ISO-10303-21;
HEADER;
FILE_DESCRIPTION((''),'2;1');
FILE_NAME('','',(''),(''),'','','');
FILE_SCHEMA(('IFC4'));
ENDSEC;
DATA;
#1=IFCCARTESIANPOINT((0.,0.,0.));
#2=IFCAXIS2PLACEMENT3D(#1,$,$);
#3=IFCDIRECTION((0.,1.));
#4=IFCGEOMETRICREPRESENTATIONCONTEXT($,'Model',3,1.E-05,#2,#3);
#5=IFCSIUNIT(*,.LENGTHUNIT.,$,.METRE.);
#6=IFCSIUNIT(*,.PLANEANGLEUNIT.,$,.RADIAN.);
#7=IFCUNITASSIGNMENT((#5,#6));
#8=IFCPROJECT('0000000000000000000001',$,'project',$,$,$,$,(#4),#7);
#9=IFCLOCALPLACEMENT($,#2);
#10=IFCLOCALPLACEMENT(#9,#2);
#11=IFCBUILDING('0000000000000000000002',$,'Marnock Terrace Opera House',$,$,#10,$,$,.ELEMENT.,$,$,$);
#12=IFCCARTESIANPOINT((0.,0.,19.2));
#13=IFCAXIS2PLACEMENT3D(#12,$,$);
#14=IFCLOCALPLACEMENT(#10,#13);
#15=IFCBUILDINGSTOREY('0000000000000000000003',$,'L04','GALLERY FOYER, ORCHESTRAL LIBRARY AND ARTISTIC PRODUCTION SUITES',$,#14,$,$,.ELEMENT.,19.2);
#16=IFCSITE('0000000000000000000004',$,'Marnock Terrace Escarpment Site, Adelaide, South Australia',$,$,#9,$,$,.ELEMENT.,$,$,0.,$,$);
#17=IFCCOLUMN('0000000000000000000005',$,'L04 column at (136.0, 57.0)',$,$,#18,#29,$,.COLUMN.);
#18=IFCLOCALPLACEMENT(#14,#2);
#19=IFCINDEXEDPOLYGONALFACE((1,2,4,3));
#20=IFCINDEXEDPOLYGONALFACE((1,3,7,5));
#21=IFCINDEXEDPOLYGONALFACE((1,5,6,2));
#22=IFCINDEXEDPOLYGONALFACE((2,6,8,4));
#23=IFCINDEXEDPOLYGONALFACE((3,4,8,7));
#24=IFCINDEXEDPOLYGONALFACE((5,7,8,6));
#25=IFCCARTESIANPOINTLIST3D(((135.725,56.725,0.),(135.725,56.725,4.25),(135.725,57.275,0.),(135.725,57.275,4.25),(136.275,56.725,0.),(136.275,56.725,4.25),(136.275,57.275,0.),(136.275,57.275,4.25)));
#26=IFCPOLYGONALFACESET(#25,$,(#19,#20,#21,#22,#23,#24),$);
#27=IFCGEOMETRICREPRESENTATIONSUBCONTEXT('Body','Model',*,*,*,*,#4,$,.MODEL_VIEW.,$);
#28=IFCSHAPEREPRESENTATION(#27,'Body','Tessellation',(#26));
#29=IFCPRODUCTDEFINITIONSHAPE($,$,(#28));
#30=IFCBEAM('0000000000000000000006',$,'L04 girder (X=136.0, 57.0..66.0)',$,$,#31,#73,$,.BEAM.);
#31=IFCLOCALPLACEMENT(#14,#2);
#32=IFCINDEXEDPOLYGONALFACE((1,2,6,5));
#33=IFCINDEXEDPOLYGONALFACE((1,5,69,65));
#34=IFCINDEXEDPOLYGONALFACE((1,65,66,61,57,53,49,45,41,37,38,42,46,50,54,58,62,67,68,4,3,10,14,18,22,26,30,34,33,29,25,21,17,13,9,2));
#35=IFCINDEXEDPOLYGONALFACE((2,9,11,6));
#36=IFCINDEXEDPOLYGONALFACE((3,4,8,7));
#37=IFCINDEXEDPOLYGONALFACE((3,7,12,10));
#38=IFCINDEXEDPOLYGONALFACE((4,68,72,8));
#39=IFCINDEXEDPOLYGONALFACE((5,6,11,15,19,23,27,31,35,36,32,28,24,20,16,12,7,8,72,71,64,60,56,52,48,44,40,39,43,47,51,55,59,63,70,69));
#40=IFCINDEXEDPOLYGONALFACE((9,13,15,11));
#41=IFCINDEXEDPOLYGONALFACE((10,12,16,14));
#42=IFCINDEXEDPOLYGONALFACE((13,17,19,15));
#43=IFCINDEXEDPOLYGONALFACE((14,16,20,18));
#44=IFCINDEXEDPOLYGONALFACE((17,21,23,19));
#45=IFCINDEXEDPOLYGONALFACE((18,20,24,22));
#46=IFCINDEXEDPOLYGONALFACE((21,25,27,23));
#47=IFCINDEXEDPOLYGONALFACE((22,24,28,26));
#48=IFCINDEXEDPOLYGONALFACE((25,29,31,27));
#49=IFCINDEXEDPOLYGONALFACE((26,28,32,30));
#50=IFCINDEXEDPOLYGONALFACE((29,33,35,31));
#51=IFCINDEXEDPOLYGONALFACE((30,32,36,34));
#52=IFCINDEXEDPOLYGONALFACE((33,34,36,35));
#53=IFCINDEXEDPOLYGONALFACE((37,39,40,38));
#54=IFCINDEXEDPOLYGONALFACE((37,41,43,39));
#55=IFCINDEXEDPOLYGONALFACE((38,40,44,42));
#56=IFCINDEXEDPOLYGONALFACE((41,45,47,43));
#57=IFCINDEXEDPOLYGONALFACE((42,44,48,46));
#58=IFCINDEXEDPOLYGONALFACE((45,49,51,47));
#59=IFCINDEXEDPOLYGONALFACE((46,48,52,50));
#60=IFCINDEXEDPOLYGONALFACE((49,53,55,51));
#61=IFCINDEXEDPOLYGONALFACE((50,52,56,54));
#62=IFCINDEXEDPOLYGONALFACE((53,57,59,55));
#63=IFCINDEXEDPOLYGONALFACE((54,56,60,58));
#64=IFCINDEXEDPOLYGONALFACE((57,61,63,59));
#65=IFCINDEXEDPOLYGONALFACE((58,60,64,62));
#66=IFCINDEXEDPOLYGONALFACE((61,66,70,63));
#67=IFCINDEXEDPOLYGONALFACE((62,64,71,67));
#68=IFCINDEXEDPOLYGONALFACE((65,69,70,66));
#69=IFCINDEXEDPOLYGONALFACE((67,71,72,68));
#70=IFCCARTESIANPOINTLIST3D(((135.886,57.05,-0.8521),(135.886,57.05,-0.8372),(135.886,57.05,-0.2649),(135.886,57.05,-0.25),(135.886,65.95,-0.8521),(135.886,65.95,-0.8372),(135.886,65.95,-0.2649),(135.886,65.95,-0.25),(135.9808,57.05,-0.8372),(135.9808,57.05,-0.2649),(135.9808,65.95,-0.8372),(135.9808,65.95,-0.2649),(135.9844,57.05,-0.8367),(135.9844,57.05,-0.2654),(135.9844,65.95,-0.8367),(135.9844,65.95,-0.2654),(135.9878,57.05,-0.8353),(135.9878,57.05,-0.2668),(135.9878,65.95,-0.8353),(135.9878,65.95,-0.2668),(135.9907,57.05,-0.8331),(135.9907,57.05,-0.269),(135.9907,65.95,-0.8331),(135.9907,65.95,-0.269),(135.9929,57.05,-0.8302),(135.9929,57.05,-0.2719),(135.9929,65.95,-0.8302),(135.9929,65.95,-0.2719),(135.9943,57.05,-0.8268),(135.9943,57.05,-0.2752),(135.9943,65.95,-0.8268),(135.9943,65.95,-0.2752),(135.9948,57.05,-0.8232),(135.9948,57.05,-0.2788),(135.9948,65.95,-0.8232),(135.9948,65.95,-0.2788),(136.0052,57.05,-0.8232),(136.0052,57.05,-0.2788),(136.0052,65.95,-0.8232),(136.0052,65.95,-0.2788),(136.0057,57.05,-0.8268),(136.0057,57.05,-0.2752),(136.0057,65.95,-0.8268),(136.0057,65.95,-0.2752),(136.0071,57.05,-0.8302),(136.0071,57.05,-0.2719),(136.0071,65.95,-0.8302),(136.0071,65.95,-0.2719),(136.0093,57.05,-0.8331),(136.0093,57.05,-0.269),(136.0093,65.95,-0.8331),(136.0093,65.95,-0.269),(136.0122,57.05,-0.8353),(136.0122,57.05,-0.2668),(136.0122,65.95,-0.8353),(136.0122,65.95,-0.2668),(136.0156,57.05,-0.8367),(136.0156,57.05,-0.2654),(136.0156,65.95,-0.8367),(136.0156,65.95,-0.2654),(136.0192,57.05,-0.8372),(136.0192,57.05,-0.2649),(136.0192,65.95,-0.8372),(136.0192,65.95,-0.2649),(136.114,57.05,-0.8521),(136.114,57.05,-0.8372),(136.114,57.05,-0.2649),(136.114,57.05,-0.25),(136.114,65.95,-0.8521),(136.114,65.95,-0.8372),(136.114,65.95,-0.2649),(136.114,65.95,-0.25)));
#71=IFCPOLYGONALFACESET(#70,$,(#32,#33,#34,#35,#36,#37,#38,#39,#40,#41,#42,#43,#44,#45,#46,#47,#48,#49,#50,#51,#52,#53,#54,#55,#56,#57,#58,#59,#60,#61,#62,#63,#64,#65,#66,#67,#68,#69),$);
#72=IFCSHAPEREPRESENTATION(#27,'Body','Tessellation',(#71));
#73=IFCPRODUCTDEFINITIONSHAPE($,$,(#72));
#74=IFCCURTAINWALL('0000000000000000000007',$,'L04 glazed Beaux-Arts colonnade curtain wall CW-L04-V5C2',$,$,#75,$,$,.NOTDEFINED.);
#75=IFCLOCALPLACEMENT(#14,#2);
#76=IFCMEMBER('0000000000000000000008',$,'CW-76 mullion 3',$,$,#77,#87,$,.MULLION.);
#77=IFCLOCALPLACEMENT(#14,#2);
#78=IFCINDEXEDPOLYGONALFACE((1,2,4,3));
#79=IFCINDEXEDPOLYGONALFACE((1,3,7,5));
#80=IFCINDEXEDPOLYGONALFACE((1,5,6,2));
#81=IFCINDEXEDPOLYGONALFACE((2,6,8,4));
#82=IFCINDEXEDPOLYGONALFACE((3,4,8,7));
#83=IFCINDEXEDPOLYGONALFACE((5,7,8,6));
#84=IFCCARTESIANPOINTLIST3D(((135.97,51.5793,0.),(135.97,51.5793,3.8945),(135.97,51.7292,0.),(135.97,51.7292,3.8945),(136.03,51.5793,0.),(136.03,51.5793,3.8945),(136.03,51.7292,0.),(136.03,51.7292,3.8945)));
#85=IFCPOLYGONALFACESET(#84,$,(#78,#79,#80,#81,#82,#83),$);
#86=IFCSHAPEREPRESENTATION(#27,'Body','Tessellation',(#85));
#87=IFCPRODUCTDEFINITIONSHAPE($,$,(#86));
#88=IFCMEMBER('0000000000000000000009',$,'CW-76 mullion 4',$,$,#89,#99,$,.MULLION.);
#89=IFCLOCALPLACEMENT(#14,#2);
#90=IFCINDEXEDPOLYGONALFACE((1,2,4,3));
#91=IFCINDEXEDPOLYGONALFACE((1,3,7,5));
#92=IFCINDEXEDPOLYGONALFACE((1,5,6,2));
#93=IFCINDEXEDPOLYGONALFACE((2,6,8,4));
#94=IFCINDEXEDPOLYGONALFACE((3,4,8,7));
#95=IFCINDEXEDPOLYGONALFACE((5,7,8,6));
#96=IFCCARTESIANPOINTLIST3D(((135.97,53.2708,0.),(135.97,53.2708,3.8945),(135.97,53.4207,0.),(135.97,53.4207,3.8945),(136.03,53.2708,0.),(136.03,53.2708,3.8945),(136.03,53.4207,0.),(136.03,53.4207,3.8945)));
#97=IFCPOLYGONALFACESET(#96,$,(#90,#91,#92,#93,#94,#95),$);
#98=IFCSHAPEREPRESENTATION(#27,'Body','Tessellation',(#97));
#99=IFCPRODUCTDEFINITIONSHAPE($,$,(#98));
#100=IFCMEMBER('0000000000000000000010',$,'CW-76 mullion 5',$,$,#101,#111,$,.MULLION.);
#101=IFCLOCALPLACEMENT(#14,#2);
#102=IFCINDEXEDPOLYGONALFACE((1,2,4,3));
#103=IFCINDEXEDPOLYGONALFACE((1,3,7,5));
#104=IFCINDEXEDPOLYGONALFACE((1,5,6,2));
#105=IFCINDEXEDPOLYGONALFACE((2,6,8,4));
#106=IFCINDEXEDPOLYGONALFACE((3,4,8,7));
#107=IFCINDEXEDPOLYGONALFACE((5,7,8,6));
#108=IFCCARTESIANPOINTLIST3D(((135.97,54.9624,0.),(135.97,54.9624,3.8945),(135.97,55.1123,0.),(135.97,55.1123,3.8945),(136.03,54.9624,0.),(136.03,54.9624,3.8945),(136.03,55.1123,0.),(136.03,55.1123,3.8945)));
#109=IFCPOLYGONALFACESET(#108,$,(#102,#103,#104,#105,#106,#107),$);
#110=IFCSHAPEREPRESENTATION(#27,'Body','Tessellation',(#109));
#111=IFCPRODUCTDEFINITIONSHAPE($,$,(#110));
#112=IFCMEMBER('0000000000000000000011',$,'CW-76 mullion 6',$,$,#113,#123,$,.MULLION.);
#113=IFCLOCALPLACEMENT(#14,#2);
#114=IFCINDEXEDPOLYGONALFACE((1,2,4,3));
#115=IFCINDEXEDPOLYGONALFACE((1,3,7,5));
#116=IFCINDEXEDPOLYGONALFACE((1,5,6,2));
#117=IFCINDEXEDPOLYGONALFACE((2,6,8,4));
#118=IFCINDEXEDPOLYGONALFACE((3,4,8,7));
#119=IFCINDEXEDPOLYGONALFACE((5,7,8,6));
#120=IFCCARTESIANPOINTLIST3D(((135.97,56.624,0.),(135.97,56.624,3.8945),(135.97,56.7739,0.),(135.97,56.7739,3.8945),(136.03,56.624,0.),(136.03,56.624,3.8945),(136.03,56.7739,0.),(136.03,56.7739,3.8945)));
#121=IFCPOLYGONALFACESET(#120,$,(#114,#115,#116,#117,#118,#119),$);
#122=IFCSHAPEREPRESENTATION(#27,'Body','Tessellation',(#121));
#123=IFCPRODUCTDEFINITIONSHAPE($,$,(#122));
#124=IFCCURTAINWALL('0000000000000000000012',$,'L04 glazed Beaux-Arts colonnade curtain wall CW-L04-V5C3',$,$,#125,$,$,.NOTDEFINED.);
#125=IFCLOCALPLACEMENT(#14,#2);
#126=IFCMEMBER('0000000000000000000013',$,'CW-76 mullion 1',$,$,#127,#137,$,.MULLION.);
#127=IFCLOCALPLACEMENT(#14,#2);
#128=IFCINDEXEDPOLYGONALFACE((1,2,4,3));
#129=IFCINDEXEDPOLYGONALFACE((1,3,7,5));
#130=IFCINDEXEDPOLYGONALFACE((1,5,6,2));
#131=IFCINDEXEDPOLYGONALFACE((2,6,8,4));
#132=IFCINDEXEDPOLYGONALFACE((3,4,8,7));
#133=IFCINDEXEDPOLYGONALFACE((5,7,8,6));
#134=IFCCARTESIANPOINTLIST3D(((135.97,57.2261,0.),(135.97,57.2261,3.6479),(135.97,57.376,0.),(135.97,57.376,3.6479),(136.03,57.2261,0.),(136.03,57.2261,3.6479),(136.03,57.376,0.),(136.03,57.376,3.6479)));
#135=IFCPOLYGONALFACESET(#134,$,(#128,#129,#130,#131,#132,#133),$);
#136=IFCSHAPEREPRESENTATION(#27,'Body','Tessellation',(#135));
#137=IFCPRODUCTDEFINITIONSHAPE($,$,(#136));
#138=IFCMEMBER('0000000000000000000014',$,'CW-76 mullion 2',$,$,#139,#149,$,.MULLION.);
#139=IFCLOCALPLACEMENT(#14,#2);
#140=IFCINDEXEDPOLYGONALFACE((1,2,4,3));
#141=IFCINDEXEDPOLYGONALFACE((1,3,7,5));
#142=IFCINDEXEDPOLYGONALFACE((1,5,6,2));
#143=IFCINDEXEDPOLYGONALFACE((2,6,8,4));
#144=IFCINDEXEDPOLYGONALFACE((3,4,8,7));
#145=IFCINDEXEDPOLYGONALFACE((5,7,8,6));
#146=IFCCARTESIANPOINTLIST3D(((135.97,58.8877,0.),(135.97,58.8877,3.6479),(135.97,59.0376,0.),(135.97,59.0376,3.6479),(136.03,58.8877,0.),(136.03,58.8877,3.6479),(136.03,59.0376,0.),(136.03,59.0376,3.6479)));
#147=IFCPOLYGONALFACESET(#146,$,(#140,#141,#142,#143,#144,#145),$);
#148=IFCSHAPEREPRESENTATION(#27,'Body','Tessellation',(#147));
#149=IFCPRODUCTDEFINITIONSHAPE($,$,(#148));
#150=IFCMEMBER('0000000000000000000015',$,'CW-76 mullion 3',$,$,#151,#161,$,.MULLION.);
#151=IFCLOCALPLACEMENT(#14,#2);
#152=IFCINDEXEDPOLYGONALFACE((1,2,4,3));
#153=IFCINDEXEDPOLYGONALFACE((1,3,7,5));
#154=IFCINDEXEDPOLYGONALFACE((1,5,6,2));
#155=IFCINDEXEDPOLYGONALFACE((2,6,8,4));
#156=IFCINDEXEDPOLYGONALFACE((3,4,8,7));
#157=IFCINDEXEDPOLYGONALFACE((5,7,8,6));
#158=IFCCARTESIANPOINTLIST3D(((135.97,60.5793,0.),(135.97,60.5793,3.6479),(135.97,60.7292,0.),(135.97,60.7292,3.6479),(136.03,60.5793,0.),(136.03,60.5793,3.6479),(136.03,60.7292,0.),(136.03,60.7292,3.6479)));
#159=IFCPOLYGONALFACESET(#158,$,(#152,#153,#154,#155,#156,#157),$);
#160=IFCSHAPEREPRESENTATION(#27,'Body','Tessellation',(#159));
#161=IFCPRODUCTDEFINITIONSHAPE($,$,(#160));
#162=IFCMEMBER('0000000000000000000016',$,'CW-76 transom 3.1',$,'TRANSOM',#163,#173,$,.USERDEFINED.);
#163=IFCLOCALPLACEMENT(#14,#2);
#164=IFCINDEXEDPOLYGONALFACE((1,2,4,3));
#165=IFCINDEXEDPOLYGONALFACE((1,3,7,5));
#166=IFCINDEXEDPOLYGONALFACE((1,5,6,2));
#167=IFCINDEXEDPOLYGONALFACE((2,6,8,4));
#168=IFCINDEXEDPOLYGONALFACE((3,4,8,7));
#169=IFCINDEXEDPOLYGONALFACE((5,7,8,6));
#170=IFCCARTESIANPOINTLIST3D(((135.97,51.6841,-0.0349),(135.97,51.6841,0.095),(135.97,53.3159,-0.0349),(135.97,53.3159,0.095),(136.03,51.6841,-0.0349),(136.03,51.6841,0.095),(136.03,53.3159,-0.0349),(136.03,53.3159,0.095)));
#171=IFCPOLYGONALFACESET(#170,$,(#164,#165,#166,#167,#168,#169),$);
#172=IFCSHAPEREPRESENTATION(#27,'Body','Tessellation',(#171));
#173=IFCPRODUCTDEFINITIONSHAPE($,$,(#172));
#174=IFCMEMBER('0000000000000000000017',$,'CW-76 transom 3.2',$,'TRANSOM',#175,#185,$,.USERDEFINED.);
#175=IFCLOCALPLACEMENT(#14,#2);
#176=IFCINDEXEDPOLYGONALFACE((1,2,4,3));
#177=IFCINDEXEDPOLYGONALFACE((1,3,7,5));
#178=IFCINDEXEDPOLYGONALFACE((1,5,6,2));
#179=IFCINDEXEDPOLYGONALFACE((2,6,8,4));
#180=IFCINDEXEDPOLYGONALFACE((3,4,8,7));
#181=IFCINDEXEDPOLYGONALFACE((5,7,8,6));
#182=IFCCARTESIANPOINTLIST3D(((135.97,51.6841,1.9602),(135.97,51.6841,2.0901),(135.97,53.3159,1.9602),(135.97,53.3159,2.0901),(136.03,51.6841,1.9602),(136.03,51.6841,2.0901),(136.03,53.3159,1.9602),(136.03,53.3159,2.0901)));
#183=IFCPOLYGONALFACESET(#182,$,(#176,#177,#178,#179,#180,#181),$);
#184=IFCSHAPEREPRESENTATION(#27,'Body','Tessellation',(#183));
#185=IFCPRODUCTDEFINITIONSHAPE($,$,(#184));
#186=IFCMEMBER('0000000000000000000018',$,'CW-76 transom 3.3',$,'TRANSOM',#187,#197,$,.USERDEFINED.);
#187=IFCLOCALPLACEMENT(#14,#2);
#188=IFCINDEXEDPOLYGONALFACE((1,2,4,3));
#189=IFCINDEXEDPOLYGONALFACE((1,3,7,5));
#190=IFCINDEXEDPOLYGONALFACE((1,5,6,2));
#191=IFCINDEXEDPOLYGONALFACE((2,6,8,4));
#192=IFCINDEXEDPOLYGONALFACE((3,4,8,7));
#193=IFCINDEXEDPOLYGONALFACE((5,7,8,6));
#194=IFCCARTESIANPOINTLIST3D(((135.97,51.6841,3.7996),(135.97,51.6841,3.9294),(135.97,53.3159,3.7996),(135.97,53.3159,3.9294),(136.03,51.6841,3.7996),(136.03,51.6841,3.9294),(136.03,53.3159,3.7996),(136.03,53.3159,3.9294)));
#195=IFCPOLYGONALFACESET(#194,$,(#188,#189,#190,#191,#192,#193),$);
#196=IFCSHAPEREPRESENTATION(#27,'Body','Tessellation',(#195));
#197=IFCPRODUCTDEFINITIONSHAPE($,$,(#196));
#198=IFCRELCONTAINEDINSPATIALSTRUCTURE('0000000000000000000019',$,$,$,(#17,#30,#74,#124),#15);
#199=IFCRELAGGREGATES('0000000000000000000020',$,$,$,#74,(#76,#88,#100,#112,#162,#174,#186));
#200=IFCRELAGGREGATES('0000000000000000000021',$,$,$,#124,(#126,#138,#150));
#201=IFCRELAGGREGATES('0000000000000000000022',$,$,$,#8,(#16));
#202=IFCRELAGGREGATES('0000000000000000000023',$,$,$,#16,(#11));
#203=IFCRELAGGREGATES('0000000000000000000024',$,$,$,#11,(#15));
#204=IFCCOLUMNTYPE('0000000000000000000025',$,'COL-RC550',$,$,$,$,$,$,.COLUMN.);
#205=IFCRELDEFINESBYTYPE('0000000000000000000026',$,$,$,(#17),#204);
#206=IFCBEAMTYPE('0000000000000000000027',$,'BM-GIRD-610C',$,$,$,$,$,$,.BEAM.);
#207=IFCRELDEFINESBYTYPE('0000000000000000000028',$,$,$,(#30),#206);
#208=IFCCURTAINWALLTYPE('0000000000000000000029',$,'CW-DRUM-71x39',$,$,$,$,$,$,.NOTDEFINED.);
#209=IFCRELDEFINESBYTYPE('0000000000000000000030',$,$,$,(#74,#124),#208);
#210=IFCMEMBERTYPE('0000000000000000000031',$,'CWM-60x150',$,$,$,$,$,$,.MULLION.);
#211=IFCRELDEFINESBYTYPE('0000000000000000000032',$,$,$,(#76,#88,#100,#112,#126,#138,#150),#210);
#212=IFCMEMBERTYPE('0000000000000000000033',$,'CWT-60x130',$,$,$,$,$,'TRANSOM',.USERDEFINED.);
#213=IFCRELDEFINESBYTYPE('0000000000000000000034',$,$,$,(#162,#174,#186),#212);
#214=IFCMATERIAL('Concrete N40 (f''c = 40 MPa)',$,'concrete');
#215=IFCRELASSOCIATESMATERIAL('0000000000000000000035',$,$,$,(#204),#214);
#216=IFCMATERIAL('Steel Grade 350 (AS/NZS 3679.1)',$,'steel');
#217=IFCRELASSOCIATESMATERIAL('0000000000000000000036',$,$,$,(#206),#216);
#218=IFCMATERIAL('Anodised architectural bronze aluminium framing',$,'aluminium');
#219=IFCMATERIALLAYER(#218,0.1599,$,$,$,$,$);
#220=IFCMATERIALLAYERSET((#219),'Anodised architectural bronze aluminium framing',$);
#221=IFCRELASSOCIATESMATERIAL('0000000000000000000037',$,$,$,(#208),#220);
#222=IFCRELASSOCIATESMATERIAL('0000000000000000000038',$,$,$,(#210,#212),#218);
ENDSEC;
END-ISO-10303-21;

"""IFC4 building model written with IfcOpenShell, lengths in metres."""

from ifc_helpers import new_model, si_unit, direction, frame, origin, origin_2d, place, context, subcontext, project, spatial, rectangle, i_section, extrude, material, layer, layer_set, material_profile, profile_set, type_object, element, aggregate, save


model = new_model("IFC4")

# Units and contexts
model_context = context("Model", 3, precision=1e-05, world=origin(), true_north=direction((0.0, 1.0)))
body_context = subcontext(model_context, "Body", "Model", "MODEL_VIEW")
ifc_project = project(units=[si_unit("LENGTHUNIT", "METRE"), si_unit("PLANEANGLEUNIT", "RADIAN")], contexts=[model_context])

# Site, building, storey
site_placement = place(None, origin())
site = spatial("IfcSite", under=ifc_project, at=site_placement, Name="Marnock Terrace Escarpment Site, Adelaide, South Australia", CompositionType="ELEMENT", RefElevation=0.0)
building_placement = place(site_placement, origin())
building = spatial("IfcBuilding", under=site, at=building_placement, Name="Marnock Terrace Opera House", CompositionType="ELEMENT")
storey_placement = place(building_placement, frame((0.0, 0.0, 19.2)))
storey = spatial("IfcBuildingStorey", under=building, at=storey_placement, Name="L04", Description="GALLERY FOYER, ORCHESTRAL LIBRARY AND ARTISTIC PRODUCTION SUITES", CompositionType="ELEMENT", Elevation=19.2)

# Column
ifc_material_1 = material(Name="Concrete N40 (f'c = 40 MPa)", Category="concrete")
ifc_material_profile_1 = material_profile(ifc_material_1, rectangle(XDim=0.55, YDim=0.55, at=origin_2d()))
ifc_profile_set_1 = profile_set([ifc_material_profile_1], Name="Concrete N40 (f'c = 40 MPa)")
column_type = type_object("IfcColumnType", Name="COL-RC550", PredefinedType="COLUMN", material=ifc_profile_set_1)
column_placement = place(storey_placement, frame((136.0, 57.0, 0.0), z_axis=(0.0, 0.0, 1.0), x_axis=(1.0, 0.0, 0.0)))
element("IfcColumn", 1, at=column_placement, inside=storey, type_object=column_type, Name="L04 column at (136.0, 57.0)", PredefinedType="COLUMN", context=body_context, shape_type="SweptSolid", body=[
    extrude(rectangle(XDim=0.55, YDim=0.55, at=origin_2d()), origin(), (0.0, 0.0, 1.0), 4.25),
])

# Beam
ifc_material_2 = material(Name="Steel Grade 350 (AS/NZS 3679.1)", Category="steel")
ifc_material_profile_2 = material_profile(ifc_material_2, i_section(OverallWidth=0.228, OverallDepth=0.6021, WebThickness=0.0105, FlangeThickness=0.0149, FilletRadius=0.0139, at=origin_2d()))
ifc_profile_set_2 = profile_set([ifc_material_profile_2], Name="Steel Grade 350 (AS/NZS 3679.1)")
beam_type = type_object("IfcBeamType", Name="BM-GIRD-610C", PredefinedType="BEAM", material=ifc_profile_set_2)
beam_placement = place(storey_placement, frame((136.0, 57.05, -0.551), z_axis=(0.0, 1.0, 0.0), x_axis=(-1.0, 0.0, 0.0)))
element("IfcBeam", 2, at=beam_placement, inside=storey, type_object=beam_type, Name="L04 girder (X=136.0, 57.0..66.0)", PredefinedType="BEAM", context=body_context, shape_type="SweptSolid", body=[
    extrude(i_section(OverallWidth=0.228, OverallDepth=0.6021, WebThickness=0.0105, FlangeThickness=0.0149, FilletRadius=0.0139, at=origin_2d()), origin(), (0.0, 0.0, 1.0), 8.8999),
])

# Curtain walls, members
ifc_material_3 = material(Name="Anodised architectural bronze aluminium framing", Category="aluminium")
ifc_layer_1 = layer(ifc_material_3, 0.1599)
ifc_layer_set_1 = layer_set([ifc_layer_1], Name="Anodised architectural bronze aluminium framing")
curtain_wall_type = type_object("IfcCurtainWallType", Name="CW-DRUM-71x39", PredefinedType="NOTDEFINED", material=ifc_layer_set_1)
curtain_wall_1_placement = place(storey_placement, origin())
curtain_wall_1 = element("IfcCurtainWall", 3, at=curtain_wall_1_placement, inside=storey, type_object=curtain_wall_type, Name="L04 glazed Beaux-Arts colonnade curtain wall CW-L04-V5C2", PredefinedType="NOTDEFINED")
ifc_material_profile_3 = material_profile(ifc_material_3, rectangle(XDim=0.0601, YDim=0.1499, at=origin_2d()))
ifc_profile_set_3 = profile_set([ifc_material_profile_3], Name="Anodised architectural bronze aluminium framing")
member_type_1 = type_object("IfcMemberType", Name="CWM-60x150", PredefinedType="MULLION", material=ifc_profile_set_3)
member_1_placement = place(storey_placement, frame((136.0, 51.6543, 0.0), z_axis=(0.0, 0.0, 1.0), x_axis=(-1.0, 0.0, 0.0)))
member_1 = element("IfcMember", 4, at=member_1_placement, type_object=member_type_1, Name="CW-76 mullion 3", PredefinedType="MULLION", context=body_context, shape_type="SweptSolid", body=[
    extrude(rectangle(XDim=0.0601, YDim=0.1499, at=origin_2d()), origin(), (0.0, 0.0, 1.0), 3.8945),
])
member_2_placement = place(storey_placement, frame((136.0, 53.3457, 0.0), z_axis=(0.0, 0.0, 1.0), x_axis=(-1.0, 0.0, 0.0)))
member_2 = element("IfcMember", 5, at=member_2_placement, type_object=member_type_1, Name="CW-76 mullion 4", PredefinedType="MULLION", context=body_context, shape_type="SweptSolid", body=[
    extrude(rectangle(XDim=0.0601, YDim=0.1499, at=origin_2d()), origin(), (0.0, 0.0, 1.0), 3.8945),
])
member_3_placement = place(storey_placement, frame((136.0, 55.0374, 0.0), z_axis=(0.0, 0.0, 1.0), x_axis=(-1.0, 0.0, 0.0)))
member_3 = element("IfcMember", 6, at=member_3_placement, type_object=member_type_1, Name="CW-76 mullion 5", PredefinedType="MULLION", context=body_context, shape_type="SweptSolid", body=[
    extrude(rectangle(XDim=0.0601, YDim=0.1499, at=origin_2d()), origin(), (0.0, 0.0, 1.0), 3.8945),
])
member_4_placement = place(storey_placement, frame((136.0, 56.699, 0.0), z_axis=(0.0, 0.0, 1.0), x_axis=(-1.0, 0.0, 0.0)))
member_4 = element("IfcMember", 7, at=member_4_placement, type_object=member_type_1, Name="CW-76 mullion 6", PredefinedType="MULLION", context=body_context, shape_type="SweptSolid", body=[
    extrude(rectangle(XDim=0.0601, YDim=0.1499, at=origin_2d()), origin(), (0.0, 0.0, 1.0), 3.8945),
])
curtain_wall_2_placement = place(storey_placement, origin())
curtain_wall_2 = element("IfcCurtainWall", 8, at=curtain_wall_2_placement, inside=storey, type_object=curtain_wall_type, Name="L04 glazed Beaux-Arts colonnade curtain wall CW-L04-V5C3", PredefinedType="NOTDEFINED")
member_5_placement = place(storey_placement, frame((136.0, 57.301, 0.0), z_axis=(0.0, 0.0, 1.0), x_axis=(-1.0, 0.0, 0.0)))
member_5 = element("IfcMember", 9, at=member_5_placement, type_object=member_type_1, Name="CW-76 mullion 1", PredefinedType="MULLION", context=body_context, shape_type="SweptSolid", body=[
    extrude(rectangle(XDim=0.0601, YDim=0.1499, at=origin_2d()), origin(), (0.0, 0.0, 1.0), 3.6479),
])
member_6_placement = place(storey_placement, frame((136.0, 58.9626, 0.0), z_axis=(0.0, 0.0, 1.0), x_axis=(-1.0, 0.0, 0.0)))
member_6 = element("IfcMember", 10, at=member_6_placement, type_object=member_type_1, Name="CW-76 mullion 2", PredefinedType="MULLION", context=body_context, shape_type="SweptSolid", body=[
    extrude(rectangle(XDim=0.0601, YDim=0.1499, at=origin_2d()), origin(), (0.0, 0.0, 1.0), 3.6479),
])
member_7_placement = place(storey_placement, frame((136.0, 60.6543, 0.0), z_axis=(0.0, 0.0, 1.0), x_axis=(-1.0, 0.0, 0.0)))
member_7 = element("IfcMember", 11, at=member_7_placement, type_object=member_type_1, Name="CW-76 mullion 3", PredefinedType="MULLION", context=body_context, shape_type="SweptSolid", body=[
    extrude(rectangle(XDim=0.0601, YDim=0.1499, at=origin_2d()), origin(), (0.0, 0.0, 1.0), 3.6479),
])

# Members
ifc_material_profile_4 = material_profile(ifc_material_3, rectangle(XDim=0.0601, YDim=0.1299, at=origin_2d()))
ifc_profile_set_4 = profile_set([ifc_material_profile_4], Name="Anodised architectural bronze aluminium framing")
member_type_2 = type_object("IfcMemberType", Name="CWT-60x130", ElementType="TRANSOM", PredefinedType="USERDEFINED", material=ifc_profile_set_4)
member_8_placement = place(storey_placement, frame((136.0, 51.6841, 0.03), z_axis=(0.0, 1.0, 0.0), x_axis=(-1.0, 0.0, 0.0)))
member_8 = element("IfcMember", 12, at=member_8_placement, type_object=member_type_2, Name="CW-76 transom 3.1", ObjectType="TRANSOM", PredefinedType="USERDEFINED", context=body_context, shape_type="SweptSolid", body=[
    extrude(rectangle(XDim=0.0601, YDim=0.1299, at=origin_2d()), origin(), (0.0, 0.0, 1.0), 1.6318),
])
member_9_placement = place(storey_placement, frame((136.0, 51.6841, 2.0251), z_axis=(0.0, 1.0, 0.0), x_axis=(-1.0, 0.0, 0.0)))
member_9 = element("IfcMember", 13, at=member_9_placement, type_object=member_type_2, Name="CW-76 transom 3.2", ObjectType="TRANSOM", PredefinedType="USERDEFINED", context=body_context, shape_type="SweptSolid", body=[
    extrude(rectangle(XDim=0.0601, YDim=0.1299, at=origin_2d()), origin(), (0.0, 0.0, 1.0), 1.6318),
])
member_10_placement = place(storey_placement, frame((136.0, 51.6841, 3.8645), z_axis=(0.0, 1.0, 0.0), x_axis=(-1.0, 0.0, 0.0)))
member_10 = element("IfcMember", 14, at=member_10_placement, type_object=member_type_2, Name="CW-76 transom 3.3", ObjectType="TRANSOM", PredefinedType="USERDEFINED", context=body_context, shape_type="SweptSolid", body=[
    extrude(rectangle(XDim=0.0601, YDim=0.1299, at=origin_2d()), origin(), (0.0, 0.0, 1.0), 1.6318),
])

aggregate(curtain_wall_1, [member_1, member_2, member_3, member_4, member_8, member_9, member_10])
aggregate(curtain_wall_2, [member_5, member_6, member_7])

save(model, "model.ifc")
